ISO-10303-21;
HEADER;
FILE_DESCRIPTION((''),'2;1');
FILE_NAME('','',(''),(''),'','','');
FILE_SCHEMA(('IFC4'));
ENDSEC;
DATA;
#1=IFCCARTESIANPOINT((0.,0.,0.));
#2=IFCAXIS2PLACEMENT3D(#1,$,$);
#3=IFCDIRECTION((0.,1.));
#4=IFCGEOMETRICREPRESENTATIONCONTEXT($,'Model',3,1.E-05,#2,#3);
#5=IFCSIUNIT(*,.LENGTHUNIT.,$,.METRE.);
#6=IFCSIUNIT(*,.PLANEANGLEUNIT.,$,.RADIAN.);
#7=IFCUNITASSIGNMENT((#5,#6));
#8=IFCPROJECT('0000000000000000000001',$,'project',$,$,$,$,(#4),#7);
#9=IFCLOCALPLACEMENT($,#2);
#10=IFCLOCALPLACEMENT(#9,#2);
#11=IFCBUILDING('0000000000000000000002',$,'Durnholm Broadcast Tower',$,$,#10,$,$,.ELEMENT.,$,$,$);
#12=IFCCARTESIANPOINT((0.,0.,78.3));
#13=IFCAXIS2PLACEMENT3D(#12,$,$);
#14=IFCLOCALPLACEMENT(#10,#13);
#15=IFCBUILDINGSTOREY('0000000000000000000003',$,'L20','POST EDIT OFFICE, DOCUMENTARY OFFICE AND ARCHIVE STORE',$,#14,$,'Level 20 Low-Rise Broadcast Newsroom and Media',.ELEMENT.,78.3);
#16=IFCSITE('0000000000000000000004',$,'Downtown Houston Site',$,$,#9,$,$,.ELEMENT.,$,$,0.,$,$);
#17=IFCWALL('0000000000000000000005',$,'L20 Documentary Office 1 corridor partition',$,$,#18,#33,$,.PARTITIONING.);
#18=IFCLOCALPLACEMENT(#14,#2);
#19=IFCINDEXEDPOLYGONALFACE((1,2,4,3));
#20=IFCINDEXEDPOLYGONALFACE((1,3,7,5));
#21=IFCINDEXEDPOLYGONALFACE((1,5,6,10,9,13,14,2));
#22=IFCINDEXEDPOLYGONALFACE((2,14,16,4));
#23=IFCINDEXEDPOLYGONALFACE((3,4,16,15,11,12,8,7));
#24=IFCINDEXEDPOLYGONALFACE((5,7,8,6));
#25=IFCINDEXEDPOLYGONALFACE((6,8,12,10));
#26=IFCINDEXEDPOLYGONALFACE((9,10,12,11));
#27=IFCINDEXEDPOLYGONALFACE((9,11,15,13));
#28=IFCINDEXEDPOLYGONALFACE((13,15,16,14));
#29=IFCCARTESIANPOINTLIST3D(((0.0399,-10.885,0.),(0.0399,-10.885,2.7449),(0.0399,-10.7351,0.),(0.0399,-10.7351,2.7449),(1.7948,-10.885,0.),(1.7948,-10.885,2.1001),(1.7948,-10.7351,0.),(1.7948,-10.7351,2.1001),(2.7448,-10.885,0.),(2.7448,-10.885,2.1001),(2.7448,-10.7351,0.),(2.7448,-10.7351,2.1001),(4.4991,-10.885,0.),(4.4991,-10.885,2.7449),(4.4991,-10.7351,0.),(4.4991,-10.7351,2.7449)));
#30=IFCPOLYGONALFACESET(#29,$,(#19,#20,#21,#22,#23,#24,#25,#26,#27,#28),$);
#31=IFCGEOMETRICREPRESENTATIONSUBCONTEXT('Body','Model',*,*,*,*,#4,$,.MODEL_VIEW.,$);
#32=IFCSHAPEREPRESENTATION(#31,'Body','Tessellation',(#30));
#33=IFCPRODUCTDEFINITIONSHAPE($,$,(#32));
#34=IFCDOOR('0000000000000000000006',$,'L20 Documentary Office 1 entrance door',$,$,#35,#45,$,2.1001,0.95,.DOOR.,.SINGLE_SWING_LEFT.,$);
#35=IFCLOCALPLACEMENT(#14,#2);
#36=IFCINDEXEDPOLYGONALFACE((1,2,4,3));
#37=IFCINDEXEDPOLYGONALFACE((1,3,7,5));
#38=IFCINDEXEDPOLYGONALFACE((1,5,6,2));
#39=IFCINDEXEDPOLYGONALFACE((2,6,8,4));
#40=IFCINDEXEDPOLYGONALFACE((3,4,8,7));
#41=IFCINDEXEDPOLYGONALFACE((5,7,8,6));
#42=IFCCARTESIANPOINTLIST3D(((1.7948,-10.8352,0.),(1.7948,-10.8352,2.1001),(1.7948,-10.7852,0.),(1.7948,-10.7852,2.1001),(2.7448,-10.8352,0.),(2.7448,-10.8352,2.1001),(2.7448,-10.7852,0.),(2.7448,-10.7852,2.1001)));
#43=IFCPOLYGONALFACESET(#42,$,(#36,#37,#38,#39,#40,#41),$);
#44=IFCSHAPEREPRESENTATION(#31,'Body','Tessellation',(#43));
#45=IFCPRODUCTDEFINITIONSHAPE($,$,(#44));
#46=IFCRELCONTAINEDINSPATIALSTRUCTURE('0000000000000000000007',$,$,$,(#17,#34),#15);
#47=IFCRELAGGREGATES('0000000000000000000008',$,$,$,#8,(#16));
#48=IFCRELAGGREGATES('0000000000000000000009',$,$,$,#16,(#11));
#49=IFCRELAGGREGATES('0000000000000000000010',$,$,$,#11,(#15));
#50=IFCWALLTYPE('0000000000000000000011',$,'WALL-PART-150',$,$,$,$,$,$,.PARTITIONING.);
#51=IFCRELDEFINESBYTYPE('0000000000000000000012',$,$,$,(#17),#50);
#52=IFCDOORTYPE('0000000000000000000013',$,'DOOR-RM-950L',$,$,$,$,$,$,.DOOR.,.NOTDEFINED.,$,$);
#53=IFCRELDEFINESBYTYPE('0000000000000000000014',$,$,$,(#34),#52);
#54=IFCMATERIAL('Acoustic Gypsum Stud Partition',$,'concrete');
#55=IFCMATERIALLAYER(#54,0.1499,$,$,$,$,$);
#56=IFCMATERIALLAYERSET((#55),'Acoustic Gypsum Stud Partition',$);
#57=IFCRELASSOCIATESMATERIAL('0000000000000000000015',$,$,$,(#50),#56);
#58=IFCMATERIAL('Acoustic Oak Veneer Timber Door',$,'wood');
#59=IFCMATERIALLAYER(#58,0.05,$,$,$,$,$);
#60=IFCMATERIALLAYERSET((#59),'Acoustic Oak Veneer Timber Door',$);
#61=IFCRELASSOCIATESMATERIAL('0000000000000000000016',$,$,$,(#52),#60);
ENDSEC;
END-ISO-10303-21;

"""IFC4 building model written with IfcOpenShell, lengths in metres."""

from ifc_helpers import new_model, si_unit, direction, frame, frame_2d, origin, place, context, subcontext, project, spatial, rectangle, extrude, source, transform, mapped, material, layer, layer_set, type_object, type_shapes, element, fill, save


model = new_model("IFC4")

# Units and contexts
model_context = context("Model", 3, precision=1e-05, world=origin(), true_north=direction((0.0, 1.0)))
body_context = subcontext(model_context, "Body", "Model", "MODEL_VIEW")
ifc_project = project(units=[si_unit("LENGTHUNIT", "METRE"), si_unit("PLANEANGLEUNIT", "RADIAN")], contexts=[model_context])

# Site, building, storey
site_placement = place(None, origin())
site = spatial("IfcSite", under=ifc_project, at=site_placement, Name="Downtown Houston Site", CompositionType="ELEMENT", RefElevation=0.0)
building_placement = place(site_placement, origin())
building = spatial("IfcBuilding", under=site, at=building_placement, Name="Durnholm Broadcast Tower", CompositionType="ELEMENT")
storey_placement = place(building_placement, frame((0.0, 0.0, 78.3)))
storey = spatial("IfcBuildingStorey", under=building, at=storey_placement, Name="L20", Description="POST EDIT OFFICE, DOCUMENTARY OFFICE AND ARCHIVE STORE", LongName="Level 20 Low-Rise Broadcast Newsroom and Media", CompositionType="ELEMENT", Elevation=78.3)

# Shared definitions
ifc_material_1 = material(Name="Acoustic Gypsum Stud Partition", Category="concrete")
ifc_layer_1 = layer(ifc_material_1, 0.1499)
ifc_layer_set_1 = layer_set([ifc_layer_1], Name="Acoustic Gypsum Stud Partition")
wall_type_1 = type_object("IfcWallType", Name="WALL-PART-150", PredefinedType="PARTITIONING", material=ifc_layer_set_1)

# Wall, opening, door
wall_1_placement = place(storey_placement, frame((0.04, -10.8101, 0.0), z_axis=(0.0, 0.0, 1.0), x_axis=(1.0, 0.0, 0.0)))
wall_1 = element("IfcWall", 1, at=wall_1_placement, inside=storey, type_object=wall_type_1, Name="L20 Documentary Office 1 corridor partition", PredefinedType="PARTITIONING", context=body_context, shape_type="SweptSolid", body=[
    extrude(rectangle(XDim=4.4592, YDim=0.1499, at=frame_2d((2.2295, 0.0))), origin(), (0.0, 0.0, 1.0), 2.7449),
])
opening_1_placement = place(wall_1_placement, frame((1.7546, 0.0, 0.0)))
opening_1 = element("IfcOpeningElement", 2, at=opening_1_placement, cuts=wall_1, PredefinedType="OPENING", context=body_context, shape_type="SweptSolid", body=[
    extrude(rectangle(XDim=0.95, YDim=2.1001, at=frame_2d((0.4751, 1.05))), frame((0.0, 0.085, 0.0), z_axis=(0.0, -1.0, 0.0), x_axis=(1.0, 0.0, 0.0)), (0.0, 0.0, 1.0), 0.1699),
])
ifc_material_2 = material(Name="Acoustic Oak Veneer Timber Door", Category="wood")
ifc_layer_2 = layer(ifc_material_2, 0.05)
ifc_layer_set_2 = layer_set([ifc_layer_2], Name="Acoustic Oak Veneer Timber Door")
door_type_1 = type_object("IfcDoorType", Name="DOOR-RM-950L", OperationType="NOTDEFINED", PredefinedType="DOOR", material=ifc_layer_set_2)
shared_shape_1 = source(origin(), body_context, "Body", "SweptSolid", [
    extrude(rectangle(XDim=0.95, YDim=2.1001, at=frame_2d((0.4751, 1.05))), frame((0.0, 0.0249, 0.0), z_axis=(0.0, -1.0, 0.0), x_axis=(1.0, 0.0, 0.0)), (0.0, 0.0, 1.0), 0.05),
])
type_shapes(door_type_1, [shared_shape_1])
door_1_placement = place(opening_1_placement, origin())
door_1 = element("IfcDoor", 3, at=door_1_placement, inside=storey, type_object=door_type_1, Name="L20 Documentary Office 1 entrance door", OperationType="SINGLE_SWING_LEFT", OverallHeight=2.1001, OverallWidth=0.95, PredefinedType="DOOR", context=body_context, shape_type="MappedRepresentation", body=[
    mapped(shared_shape_1, transform((0.0, 0.0, 0.0), x_axis=(1.0, 0.0, 0.0), y_axis=(0.0, 1.0, 0.0), z_axis=(0.0, 0.0, 1.0), scale=1.0)),
])
fill(opening_1, door_1)

save(model, "model.ifc")
